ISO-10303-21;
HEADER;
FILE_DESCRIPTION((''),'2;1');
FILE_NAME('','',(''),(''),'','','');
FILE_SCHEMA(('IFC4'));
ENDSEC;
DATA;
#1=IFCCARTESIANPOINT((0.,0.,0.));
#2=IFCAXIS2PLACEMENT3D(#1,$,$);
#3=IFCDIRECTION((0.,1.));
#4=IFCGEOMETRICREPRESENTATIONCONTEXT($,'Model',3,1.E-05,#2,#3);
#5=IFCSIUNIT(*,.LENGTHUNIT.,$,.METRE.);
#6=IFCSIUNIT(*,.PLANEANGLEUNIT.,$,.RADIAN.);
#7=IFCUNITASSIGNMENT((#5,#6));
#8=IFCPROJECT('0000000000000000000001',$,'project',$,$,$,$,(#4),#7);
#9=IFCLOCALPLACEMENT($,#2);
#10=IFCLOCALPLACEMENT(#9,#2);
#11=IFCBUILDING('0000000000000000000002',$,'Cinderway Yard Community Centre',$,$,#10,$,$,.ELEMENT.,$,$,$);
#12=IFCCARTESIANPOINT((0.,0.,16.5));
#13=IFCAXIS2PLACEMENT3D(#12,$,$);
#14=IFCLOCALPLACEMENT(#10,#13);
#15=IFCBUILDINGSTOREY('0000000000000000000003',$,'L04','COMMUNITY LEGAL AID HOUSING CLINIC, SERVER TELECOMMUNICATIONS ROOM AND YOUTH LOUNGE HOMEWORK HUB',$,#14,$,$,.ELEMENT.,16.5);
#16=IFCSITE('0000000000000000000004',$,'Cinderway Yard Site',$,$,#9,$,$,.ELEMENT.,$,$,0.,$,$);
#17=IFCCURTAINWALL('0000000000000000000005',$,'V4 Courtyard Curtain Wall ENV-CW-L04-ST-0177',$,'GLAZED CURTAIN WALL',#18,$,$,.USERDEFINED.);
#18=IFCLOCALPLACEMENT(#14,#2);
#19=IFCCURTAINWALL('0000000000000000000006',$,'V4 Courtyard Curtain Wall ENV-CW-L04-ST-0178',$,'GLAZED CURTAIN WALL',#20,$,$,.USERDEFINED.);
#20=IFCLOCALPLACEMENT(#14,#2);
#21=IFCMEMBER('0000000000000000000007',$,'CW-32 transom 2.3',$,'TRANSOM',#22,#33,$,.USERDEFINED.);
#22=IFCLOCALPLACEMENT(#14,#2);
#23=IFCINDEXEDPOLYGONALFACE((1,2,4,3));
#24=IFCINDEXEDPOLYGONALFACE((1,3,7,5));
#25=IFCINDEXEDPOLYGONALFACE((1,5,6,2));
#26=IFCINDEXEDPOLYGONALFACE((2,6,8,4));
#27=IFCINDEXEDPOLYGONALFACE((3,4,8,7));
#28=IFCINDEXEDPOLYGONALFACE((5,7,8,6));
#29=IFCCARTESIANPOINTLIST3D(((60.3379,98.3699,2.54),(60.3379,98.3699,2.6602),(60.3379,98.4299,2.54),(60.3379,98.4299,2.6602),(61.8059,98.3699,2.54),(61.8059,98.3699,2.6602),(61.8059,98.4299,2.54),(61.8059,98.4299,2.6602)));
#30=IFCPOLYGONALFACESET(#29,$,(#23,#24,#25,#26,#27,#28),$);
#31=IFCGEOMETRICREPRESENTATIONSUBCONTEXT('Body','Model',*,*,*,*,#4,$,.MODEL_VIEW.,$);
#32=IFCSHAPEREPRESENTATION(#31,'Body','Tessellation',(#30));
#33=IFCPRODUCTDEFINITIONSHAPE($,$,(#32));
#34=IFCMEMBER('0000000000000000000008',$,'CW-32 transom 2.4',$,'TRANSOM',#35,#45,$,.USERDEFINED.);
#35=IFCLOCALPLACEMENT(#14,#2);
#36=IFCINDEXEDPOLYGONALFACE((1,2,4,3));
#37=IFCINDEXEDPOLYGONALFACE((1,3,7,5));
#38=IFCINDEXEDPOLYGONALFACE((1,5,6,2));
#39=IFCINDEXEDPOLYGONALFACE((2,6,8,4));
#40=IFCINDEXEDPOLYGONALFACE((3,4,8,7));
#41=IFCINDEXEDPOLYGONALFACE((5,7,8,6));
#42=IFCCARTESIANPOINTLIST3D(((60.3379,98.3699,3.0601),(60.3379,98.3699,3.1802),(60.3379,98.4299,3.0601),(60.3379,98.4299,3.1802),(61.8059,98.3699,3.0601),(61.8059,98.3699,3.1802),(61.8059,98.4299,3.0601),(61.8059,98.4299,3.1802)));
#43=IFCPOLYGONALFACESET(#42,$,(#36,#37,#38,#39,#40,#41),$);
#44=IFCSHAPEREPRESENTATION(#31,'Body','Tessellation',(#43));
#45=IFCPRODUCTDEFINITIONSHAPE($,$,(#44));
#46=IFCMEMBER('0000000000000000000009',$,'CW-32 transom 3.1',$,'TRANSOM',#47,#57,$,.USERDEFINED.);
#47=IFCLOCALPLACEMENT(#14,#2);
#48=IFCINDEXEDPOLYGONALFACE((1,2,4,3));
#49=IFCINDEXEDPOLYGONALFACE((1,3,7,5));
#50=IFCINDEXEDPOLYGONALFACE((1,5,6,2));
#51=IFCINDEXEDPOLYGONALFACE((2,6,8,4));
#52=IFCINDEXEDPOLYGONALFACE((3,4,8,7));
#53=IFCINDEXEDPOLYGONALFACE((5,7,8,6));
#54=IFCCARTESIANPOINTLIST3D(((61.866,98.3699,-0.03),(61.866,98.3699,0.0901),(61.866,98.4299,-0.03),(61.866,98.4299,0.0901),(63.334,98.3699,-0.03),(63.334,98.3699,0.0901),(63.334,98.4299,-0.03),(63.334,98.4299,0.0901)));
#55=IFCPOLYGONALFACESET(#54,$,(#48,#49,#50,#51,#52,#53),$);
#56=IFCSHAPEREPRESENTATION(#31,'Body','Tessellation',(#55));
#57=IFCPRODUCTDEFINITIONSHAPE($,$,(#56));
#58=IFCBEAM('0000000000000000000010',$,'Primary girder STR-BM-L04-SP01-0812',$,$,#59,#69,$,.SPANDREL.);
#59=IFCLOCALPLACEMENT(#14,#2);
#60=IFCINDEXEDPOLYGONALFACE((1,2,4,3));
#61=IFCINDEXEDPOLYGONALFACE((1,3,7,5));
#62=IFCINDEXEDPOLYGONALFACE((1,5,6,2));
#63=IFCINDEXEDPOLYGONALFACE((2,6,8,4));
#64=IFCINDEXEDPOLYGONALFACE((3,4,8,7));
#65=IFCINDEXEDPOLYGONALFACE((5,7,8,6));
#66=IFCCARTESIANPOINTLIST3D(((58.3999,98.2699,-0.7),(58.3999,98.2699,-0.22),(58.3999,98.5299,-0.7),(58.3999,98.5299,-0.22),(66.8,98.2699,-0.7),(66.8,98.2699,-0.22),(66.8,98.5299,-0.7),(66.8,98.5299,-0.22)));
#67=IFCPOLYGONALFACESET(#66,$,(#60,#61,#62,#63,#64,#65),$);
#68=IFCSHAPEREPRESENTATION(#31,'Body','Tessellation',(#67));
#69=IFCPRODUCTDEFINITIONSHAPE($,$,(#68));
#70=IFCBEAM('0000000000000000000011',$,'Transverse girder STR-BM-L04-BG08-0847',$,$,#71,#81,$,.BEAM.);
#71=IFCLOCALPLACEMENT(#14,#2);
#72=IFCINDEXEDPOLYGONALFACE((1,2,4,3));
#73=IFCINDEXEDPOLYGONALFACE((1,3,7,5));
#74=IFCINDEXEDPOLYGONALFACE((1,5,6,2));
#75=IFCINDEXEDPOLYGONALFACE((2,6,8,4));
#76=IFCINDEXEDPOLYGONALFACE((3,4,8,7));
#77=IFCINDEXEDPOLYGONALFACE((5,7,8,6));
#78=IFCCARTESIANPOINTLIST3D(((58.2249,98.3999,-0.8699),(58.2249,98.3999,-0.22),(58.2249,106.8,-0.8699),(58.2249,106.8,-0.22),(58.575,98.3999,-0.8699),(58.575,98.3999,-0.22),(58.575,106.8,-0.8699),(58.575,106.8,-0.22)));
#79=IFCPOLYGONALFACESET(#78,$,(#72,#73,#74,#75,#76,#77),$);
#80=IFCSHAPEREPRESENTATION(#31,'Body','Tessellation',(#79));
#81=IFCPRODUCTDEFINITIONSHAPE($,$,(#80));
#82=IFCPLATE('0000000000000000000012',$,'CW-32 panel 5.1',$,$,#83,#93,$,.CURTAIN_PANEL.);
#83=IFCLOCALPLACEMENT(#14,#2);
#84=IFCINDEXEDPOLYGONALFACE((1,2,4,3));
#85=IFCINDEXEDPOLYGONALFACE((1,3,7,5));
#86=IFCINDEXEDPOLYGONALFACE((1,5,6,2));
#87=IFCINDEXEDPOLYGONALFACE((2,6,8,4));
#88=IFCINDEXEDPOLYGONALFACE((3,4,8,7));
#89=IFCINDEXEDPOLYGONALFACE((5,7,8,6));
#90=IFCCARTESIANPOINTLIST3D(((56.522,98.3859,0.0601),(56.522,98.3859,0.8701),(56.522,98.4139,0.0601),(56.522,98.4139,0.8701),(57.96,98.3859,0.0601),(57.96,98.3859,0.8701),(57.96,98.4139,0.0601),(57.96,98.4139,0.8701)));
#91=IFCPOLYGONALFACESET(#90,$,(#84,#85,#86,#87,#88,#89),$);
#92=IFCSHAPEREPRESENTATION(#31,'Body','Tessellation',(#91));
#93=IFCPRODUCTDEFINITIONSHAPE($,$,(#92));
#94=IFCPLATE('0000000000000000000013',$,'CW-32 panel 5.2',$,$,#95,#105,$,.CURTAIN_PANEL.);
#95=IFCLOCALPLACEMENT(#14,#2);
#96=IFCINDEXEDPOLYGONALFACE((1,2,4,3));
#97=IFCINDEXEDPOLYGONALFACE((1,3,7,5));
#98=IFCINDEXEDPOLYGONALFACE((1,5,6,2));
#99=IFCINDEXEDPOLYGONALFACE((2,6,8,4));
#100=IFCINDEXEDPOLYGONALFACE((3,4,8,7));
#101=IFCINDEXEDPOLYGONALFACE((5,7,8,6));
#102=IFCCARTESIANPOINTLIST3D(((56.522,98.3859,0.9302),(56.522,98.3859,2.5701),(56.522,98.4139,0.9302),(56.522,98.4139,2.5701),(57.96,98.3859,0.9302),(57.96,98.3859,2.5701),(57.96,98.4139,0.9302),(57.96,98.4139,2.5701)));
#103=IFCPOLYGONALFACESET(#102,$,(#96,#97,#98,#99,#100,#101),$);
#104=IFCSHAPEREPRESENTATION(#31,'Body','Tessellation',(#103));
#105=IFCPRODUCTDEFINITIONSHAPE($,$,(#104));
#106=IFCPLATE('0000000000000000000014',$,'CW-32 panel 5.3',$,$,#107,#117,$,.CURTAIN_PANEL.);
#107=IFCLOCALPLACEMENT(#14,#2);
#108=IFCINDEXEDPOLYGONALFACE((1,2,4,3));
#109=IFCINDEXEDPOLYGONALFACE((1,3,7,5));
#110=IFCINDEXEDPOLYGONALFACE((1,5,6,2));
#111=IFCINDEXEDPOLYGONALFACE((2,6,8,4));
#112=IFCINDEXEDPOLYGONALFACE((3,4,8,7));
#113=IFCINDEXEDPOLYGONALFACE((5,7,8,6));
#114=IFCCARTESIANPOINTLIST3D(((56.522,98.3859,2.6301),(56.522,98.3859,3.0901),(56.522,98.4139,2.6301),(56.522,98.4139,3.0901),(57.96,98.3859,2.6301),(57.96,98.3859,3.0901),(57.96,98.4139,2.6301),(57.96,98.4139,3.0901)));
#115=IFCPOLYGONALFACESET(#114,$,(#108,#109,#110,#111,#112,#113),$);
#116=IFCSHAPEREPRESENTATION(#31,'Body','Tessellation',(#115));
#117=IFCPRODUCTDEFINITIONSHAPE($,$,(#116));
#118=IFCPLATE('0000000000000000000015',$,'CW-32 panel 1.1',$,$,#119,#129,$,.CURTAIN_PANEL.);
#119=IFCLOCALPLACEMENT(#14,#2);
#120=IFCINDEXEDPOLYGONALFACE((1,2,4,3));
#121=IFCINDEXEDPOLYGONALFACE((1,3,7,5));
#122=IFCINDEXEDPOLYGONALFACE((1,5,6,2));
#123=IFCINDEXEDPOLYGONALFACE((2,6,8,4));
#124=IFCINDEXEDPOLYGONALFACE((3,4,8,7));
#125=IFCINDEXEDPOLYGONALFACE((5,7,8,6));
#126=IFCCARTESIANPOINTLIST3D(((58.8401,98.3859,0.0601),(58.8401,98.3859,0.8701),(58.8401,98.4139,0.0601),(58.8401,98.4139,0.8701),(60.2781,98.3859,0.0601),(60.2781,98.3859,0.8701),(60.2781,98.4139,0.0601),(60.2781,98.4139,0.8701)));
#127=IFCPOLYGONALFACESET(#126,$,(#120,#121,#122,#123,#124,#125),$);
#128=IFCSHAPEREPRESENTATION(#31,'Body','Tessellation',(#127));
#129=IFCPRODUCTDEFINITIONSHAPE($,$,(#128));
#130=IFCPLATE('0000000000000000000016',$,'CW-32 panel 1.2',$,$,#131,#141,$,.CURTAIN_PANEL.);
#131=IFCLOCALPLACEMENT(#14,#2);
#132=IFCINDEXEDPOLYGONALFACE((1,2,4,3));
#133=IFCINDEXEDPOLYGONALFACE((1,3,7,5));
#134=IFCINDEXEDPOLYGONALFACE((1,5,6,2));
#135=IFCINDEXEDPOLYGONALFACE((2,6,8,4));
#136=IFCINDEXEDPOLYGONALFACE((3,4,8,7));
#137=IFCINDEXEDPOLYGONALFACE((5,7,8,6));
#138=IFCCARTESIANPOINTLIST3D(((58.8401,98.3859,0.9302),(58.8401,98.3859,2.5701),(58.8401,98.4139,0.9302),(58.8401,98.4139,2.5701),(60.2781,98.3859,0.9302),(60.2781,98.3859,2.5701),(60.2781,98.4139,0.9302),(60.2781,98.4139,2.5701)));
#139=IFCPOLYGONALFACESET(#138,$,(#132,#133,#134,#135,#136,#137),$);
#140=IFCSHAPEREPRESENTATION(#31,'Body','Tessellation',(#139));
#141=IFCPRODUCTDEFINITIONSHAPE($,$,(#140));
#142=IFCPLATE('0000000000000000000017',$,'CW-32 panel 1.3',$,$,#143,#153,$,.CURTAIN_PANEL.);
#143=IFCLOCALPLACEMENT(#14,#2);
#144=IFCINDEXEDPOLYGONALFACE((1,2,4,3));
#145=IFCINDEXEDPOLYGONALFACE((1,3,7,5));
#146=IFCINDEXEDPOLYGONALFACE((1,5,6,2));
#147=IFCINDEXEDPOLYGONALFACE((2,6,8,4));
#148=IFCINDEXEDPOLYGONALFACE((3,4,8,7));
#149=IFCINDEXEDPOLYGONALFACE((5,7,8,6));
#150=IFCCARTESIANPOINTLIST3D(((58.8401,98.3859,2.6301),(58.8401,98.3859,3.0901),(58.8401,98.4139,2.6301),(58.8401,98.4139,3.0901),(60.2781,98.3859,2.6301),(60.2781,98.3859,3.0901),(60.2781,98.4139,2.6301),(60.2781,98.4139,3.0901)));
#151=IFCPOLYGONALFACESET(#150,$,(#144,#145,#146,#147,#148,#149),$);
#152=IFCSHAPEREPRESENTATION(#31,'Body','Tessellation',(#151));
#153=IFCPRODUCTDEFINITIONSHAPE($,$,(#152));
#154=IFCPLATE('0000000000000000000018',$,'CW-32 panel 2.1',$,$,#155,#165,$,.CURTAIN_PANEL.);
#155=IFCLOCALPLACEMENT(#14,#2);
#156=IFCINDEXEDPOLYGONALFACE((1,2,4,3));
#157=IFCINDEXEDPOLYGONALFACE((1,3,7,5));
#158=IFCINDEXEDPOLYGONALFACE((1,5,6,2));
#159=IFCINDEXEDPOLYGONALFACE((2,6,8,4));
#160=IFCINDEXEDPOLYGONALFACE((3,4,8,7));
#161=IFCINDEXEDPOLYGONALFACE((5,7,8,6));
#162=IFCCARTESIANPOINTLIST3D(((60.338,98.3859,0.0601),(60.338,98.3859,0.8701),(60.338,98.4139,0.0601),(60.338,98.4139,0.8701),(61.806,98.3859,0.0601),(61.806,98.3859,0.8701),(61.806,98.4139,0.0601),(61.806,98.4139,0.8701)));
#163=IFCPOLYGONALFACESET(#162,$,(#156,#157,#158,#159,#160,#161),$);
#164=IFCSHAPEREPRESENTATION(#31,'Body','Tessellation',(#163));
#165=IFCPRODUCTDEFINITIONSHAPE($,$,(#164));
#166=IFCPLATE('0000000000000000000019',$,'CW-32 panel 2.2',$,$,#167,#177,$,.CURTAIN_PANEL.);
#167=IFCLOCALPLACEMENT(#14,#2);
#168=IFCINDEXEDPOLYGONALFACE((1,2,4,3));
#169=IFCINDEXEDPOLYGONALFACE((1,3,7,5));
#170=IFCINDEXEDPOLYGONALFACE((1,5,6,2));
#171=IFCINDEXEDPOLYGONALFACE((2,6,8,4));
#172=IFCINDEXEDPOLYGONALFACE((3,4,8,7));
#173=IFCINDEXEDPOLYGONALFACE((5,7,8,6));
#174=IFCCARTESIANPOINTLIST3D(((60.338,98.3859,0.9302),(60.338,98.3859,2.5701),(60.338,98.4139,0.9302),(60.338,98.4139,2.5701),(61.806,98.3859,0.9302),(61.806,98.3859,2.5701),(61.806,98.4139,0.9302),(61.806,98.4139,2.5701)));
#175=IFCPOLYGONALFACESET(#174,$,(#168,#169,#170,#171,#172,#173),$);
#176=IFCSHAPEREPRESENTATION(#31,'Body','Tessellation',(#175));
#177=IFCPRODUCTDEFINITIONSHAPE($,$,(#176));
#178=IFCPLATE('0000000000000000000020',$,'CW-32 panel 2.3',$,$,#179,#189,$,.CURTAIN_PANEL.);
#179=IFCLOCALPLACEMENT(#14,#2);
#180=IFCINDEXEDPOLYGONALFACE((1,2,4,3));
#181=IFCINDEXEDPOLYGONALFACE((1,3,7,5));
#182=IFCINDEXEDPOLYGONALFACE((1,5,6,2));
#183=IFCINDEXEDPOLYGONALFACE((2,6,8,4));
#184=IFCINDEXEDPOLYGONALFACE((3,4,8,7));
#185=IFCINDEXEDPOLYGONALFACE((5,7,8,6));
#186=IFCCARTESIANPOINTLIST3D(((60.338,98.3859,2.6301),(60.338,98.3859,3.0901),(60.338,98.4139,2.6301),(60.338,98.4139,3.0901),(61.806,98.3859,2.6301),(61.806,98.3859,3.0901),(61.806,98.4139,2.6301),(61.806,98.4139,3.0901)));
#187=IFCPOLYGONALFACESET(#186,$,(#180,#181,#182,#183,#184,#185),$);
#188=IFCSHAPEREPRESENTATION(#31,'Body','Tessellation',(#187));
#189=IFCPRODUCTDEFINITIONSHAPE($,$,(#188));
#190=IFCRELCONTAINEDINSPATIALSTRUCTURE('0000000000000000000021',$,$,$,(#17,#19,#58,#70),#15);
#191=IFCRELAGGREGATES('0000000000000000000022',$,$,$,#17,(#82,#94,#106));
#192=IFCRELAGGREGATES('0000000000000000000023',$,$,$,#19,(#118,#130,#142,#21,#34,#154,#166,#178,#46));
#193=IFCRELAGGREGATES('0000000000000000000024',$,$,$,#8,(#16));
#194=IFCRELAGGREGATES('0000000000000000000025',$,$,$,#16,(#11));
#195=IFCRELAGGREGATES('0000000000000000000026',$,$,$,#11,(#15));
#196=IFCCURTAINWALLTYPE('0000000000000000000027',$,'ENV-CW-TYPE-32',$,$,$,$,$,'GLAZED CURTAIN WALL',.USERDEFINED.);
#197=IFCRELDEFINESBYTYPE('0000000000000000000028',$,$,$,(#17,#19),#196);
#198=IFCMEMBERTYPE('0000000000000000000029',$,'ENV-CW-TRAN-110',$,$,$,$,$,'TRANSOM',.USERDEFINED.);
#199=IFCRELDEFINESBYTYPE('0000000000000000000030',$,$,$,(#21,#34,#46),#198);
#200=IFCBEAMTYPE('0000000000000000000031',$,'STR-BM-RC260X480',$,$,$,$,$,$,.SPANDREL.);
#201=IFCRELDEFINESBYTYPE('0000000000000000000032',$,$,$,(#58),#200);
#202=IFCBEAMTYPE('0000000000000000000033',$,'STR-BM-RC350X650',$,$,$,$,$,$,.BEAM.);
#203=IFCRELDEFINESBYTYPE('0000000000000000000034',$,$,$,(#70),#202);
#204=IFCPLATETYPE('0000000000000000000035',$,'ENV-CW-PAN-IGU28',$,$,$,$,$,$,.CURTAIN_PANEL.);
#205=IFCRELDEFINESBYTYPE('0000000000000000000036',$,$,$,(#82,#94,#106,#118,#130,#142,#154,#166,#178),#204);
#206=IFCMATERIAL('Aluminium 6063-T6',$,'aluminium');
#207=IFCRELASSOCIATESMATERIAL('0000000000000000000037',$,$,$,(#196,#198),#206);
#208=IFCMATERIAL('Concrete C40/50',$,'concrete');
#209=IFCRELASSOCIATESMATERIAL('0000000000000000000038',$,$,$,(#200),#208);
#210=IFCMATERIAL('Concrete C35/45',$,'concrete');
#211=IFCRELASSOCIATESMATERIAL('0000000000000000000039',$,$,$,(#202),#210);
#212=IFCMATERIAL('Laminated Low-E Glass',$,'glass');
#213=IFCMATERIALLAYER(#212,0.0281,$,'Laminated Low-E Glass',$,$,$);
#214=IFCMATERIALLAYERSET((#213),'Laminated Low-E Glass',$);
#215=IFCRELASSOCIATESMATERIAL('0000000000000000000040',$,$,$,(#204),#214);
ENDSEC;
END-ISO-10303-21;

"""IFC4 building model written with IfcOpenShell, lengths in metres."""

from ifc_helpers import new_model, si_unit, direction, frame, origin, origin_2d, place, context, subcontext, project, spatial, rectangle, extrude, material, layer, layer_set, material_profile, profile_set, type_object, element, aggregate, save


model = new_model("IFC4")

# Units and contexts
model_context = context("Model", 3, precision=1e-05, world=origin(), true_north=direction((0.0, 1.0)))
body_context = subcontext(model_context, "Body", "Model", "MODEL_VIEW")
ifc_project = project(units=[si_unit("LENGTHUNIT", "METRE"), si_unit("PLANEANGLEUNIT", "RADIAN")], contexts=[model_context])

# Site, building, storey
site_placement = place(None, origin())
site = spatial("IfcSite", under=ifc_project, at=site_placement, Name="Cinderway Yard Site", CompositionType="ELEMENT", RefElevation=0.0)
building_placement = place(site_placement, origin())
building = spatial("IfcBuilding", under=site, at=building_placement, Name="Cinderway Yard Community Centre", CompositionType="ELEMENT")
storey_placement = place(building_placement, frame((0.0, 0.0, 16.5)))
storey = spatial("IfcBuildingStorey", under=building, at=storey_placement, Name="L04", Description="COMMUNITY LEGAL AID HOUSING CLINIC, SERVER TELECOMMUNICATIONS ROOM AND YOUTH LOUNGE HOMEWORK HUB", CompositionType="ELEMENT", Elevation=16.5)

# Shared definitions
ifc_material_1 = material(Name="Concrete C40/50", Category="concrete")

# Curtain wall
ifc_material_2 = material(Name="Aluminium 6063-T6", Category="aluminium")
curtain_wall_type = type_object("IfcCurtainWallType", Name="ENV-CW-TYPE-32", ElementType="GLAZED CURTAIN WALL", PredefinedType="USERDEFINED", material=ifc_material_2)
curtain_wall_1_placement = place(storey_placement, origin())
curtain_wall_1 = element("IfcCurtainWall", 1, at=curtain_wall_1_placement, inside=storey, type_object=curtain_wall_type, Name="V4 Courtyard Curtain Wall ENV-CW-L04-ST-0177", ObjectType="GLAZED CURTAIN WALL", PredefinedType="USERDEFINED")

# Curtain wall
curtain_wall_2_placement = place(storey_placement, origin())
curtain_wall_2 = element("IfcCurtainWall", 2, at=curtain_wall_2_placement, inside=storey, type_object=curtain_wall_type, Name="V4 Courtyard Curtain Wall ENV-CW-L04-ST-0178", ObjectType="GLAZED CURTAIN WALL", PredefinedType="USERDEFINED")

# Members
ifc_material_profile_1 = material_profile(ifc_material_2, rectangle(XDim=0.0601, YDim=0.1201, at=origin_2d()), Name="Aluminium 6063-T6")
ifc_profile_set_1 = profile_set([ifc_material_profile_1], Name="Aluminium 6063-T6")
member_type_1 = type_object("IfcMemberType", Name="ENV-CW-TRAN-110", ElementType="TRANSOM", PredefinedType="USERDEFINED", material=ifc_profile_set_1)
member_1_placement = place(storey_placement, frame((60.3379, 98.3999, 2.6001), z_axis=(1.0, 0.0, 0.0), x_axis=(0.0, 1.0, 0.0)))
member_1 = element("IfcMember", 3, at=member_1_placement, type_object=member_type_1, Name="CW-32 transom 2.3", ObjectType="TRANSOM", PredefinedType="USERDEFINED", context=body_context, shape_type="SweptSolid", body=[
    extrude(rectangle(XDim=0.0601, YDim=0.1201, at=origin_2d()), origin(), (0.0, 0.0, 1.0), 1.468),
])
member_2_placement = place(storey_placement, frame((60.3379, 98.3999, 3.1201), z_axis=(1.0, 0.0, 0.0), x_axis=(0.0, 1.0, 0.0)))
member_2 = element("IfcMember", 4, at=member_2_placement, type_object=member_type_1, Name="CW-32 transom 2.4", ObjectType="TRANSOM", PredefinedType="USERDEFINED", context=body_context, shape_type="SweptSolid", body=[
    extrude(rectangle(XDim=0.0601, YDim=0.1201, at=origin_2d()), origin(), (0.0, 0.0, 1.0), 1.468),
])
member_3_placement = place(storey_placement, frame((61.866, 98.3999, 0.03), z_axis=(1.0, 0.0, 0.0), x_axis=(0.0, 1.0, 0.0)))
member_3 = element("IfcMember", 5, at=member_3_placement, type_object=member_type_1, Name="CW-32 transom 3.1", ObjectType="TRANSOM", PredefinedType="USERDEFINED", context=body_context, shape_type="SweptSolid", body=[
    extrude(rectangle(XDim=0.0601, YDim=0.1201, at=origin_2d()), origin(), (0.0, 0.0, 1.0), 1.468),
])

# Beams
ifc_material_profile_2 = material_profile(ifc_material_1, rectangle(XDim=0.26, YDim=0.48, at=origin_2d()), Name="Concrete C40/50")
ifc_profile_set_2 = profile_set([ifc_material_profile_2], Name="Concrete C40/50")
beam_type_1 = type_object("IfcBeamType", Name="STR-BM-RC260X480", PredefinedType="SPANDREL", material=ifc_profile_set_2)
beam_1_placement = place(storey_placement, frame((58.3999, 98.3999, -0.46), z_axis=(1.0, 0.0, 0.0), x_axis=(0.0, 1.0, 0.0)))
element("IfcBeam", 6, at=beam_1_placement, inside=storey, type_object=beam_type_1, Name="Primary girder STR-BM-L04-SP01-0812", PredefinedType="SPANDREL", context=body_context, shape_type="SweptSolid", body=[
    extrude(rectangle(XDim=0.26, YDim=0.48, at=origin_2d()), origin(), (0.0, 0.0, 1.0), 8.4001),
])
ifc_material_3 = material(Name="Concrete C35/45", Category="concrete")
ifc_material_profile_3 = material_profile(ifc_material_3, rectangle(XDim=0.3501, YDim=0.6499, at=origin_2d()), Name="Concrete C35/45")
ifc_profile_set_3 = profile_set([ifc_material_profile_3], Name="Concrete C35/45")
beam_type_2 = type_object("IfcBeamType", Name="STR-BM-RC350X650", PredefinedType="BEAM", material=ifc_profile_set_3)
beam_2_placement = place(storey_placement, frame((58.3999, 98.3999, -0.5449), z_axis=(0.0, 1.0, 0.0), x_axis=(-1.0, 0.0, 0.0)))
element("IfcBeam", 7, at=beam_2_placement, inside=storey, type_object=beam_type_2, Name="Transverse girder STR-BM-L04-BG08-0847", PredefinedType="BEAM", context=body_context, shape_type="SweptSolid", body=[
    extrude(rectangle(XDim=0.3501, YDim=0.6499, at=origin_2d()), origin(), (0.0, 0.0, 1.0), 8.4001),
])

# Plates
ifc_material_4 = material(Name="Laminated Low-E Glass", Category="glass")
ifc_layer = layer(ifc_material_4, 0.0281, Name="Laminated Low-E Glass")
ifc_layer_set = layer_set([ifc_layer], Name="Laminated Low-E Glass")
plate_type = type_object("IfcPlateType", Name="ENV-CW-PAN-IGU28", PredefinedType="CURTAIN_PANEL", material=ifc_layer_set)
plate_1_placement = place(storey_placement, frame((57.241, 98.3999, 0.0601), z_axis=(0.0, 0.0, 1.0), x_axis=(1.0, 0.0, 0.0)))
plate_1 = element("IfcPlate", 8, at=plate_1_placement, type_object=plate_type, Name="CW-32 panel 5.1", PredefinedType="CURTAIN_PANEL", context=body_context, shape_type="SweptSolid", body=[
    extrude(rectangle(XDim=1.438, YDim=0.0281, at=origin_2d()), origin(), (0.0, 0.0, 1.0), 0.8101),
])
plate_2_placement = place(storey_placement, frame((57.241, 98.3999, 0.9302), z_axis=(0.0, 0.0, 1.0), x_axis=(1.0, 0.0, 0.0)))
plate_2 = element("IfcPlate", 9, at=plate_2_placement, type_object=plate_type, Name="CW-32 panel 5.2", PredefinedType="CURTAIN_PANEL", context=body_context, shape_type="SweptSolid", body=[
    extrude(rectangle(XDim=1.438, YDim=0.0281, at=origin_2d()), origin(), (0.0, 0.0, 1.0), 1.6399),
])
plate_3_placement = place(storey_placement, frame((57.241, 98.3999, 2.6301), z_axis=(0.0, 0.0, 1.0), x_axis=(1.0, 0.0, 0.0)))
plate_3 = element("IfcPlate", 10, at=plate_3_placement, type_object=plate_type, Name="CW-32 panel 5.3", PredefinedType="CURTAIN_PANEL", context=body_context, shape_type="SweptSolid", body=[
    extrude(rectangle(XDim=1.438, YDim=0.0281, at=origin_2d()), origin(), (0.0, 0.0, 1.0), 0.46),
])
aggregate(curtain_wall_1, [plate_1, plate_2, plate_3])
plate_4_placement = place(storey_placement, frame((59.5591, 98.3999, 0.0601), z_axis=(0.0, 0.0, 1.0), x_axis=(1.0, 0.0, 0.0)))
plate_4 = element("IfcPlate", 11, at=plate_4_placement, type_object=plate_type, Name="CW-32 panel 1.1", PredefinedType="CURTAIN_PANEL", context=body_context, shape_type="SweptSolid", body=[
    extrude(rectangle(XDim=1.438, YDim=0.0281, at=origin_2d()), origin(), (0.0, 0.0, 1.0), 0.8101),
])
plate_5_placement = place(storey_placement, frame((59.5591, 98.3999, 0.9302), z_axis=(0.0, 0.0, 1.0), x_axis=(1.0, 0.0, 0.0)))
plate_5 = element("IfcPlate", 12, at=plate_5_placement, type_object=plate_type, Name="CW-32 panel 1.2", PredefinedType="CURTAIN_PANEL", context=body_context, shape_type="SweptSolid", body=[
    extrude(rectangle(XDim=1.438, YDim=0.0281, at=origin_2d()), origin(), (0.0, 0.0, 1.0), 1.6399),
])
plate_6_placement = place(storey_placement, frame((59.5591, 98.3999, 2.6301), z_axis=(0.0, 0.0, 1.0), x_axis=(1.0, 0.0, 0.0)))
plate_6 = element("IfcPlate", 13, at=plate_6_placement, type_object=plate_type, Name="CW-32 panel 1.3", PredefinedType="CURTAIN_PANEL", context=body_context, shape_type="SweptSolid", body=[
    extrude(rectangle(XDim=1.438, YDim=0.0281, at=origin_2d()), origin(), (0.0, 0.0, 1.0), 0.46),
])
plate_7_placement = place(storey_placement, frame((61.072, 98.3999, 0.0601), z_axis=(0.0, 0.0, 1.0), x_axis=(1.0, 0.0, 0.0)))
plate_7 = element("IfcPlate", 14, at=plate_7_placement, type_object=plate_type, Name="CW-32 panel 2.1", PredefinedType="CURTAIN_PANEL", context=body_context, shape_type="SweptSolid", body=[
    extrude(rectangle(XDim=1.468, YDim=0.0281, at=origin_2d()), origin(), (0.0, 0.0, 1.0), 0.8101),
])
plate_8_placement = place(storey_placement, frame((61.072, 98.3999, 0.9302), z_axis=(0.0, 0.0, 1.0), x_axis=(1.0, 0.0, 0.0)))
plate_8 = element("IfcPlate", 15, at=plate_8_placement, type_object=plate_type, Name="CW-32 panel 2.2", PredefinedType="CURTAIN_PANEL", context=body_context, shape_type="SweptSolid", body=[
    extrude(rectangle(XDim=1.468, YDim=0.0281, at=origin_2d()), origin(), (0.0, 0.0, 1.0), 1.6399),
])
plate_9_placement = place(storey_placement, frame((61.072, 98.3999, 2.6301), z_axis=(0.0, 0.0, 1.0), x_axis=(1.0, 0.0, 0.0)))
plate_9 = element("IfcPlate", 16, at=plate_9_placement, type_object=plate_type, Name="CW-32 panel 2.3", PredefinedType="CURTAIN_PANEL", context=body_context, shape_type="SweptSolid", body=[
    extrude(rectangle(XDim=1.468, YDim=0.0281, at=origin_2d()), origin(), (0.0, 0.0, 1.0), 0.46),
])
aggregate(curtain_wall_2, [plate_4, plate_5, plate_6, member_1, member_2, plate_7, plate_8, plate_9, member_3])

save(model, "model.ifc")
